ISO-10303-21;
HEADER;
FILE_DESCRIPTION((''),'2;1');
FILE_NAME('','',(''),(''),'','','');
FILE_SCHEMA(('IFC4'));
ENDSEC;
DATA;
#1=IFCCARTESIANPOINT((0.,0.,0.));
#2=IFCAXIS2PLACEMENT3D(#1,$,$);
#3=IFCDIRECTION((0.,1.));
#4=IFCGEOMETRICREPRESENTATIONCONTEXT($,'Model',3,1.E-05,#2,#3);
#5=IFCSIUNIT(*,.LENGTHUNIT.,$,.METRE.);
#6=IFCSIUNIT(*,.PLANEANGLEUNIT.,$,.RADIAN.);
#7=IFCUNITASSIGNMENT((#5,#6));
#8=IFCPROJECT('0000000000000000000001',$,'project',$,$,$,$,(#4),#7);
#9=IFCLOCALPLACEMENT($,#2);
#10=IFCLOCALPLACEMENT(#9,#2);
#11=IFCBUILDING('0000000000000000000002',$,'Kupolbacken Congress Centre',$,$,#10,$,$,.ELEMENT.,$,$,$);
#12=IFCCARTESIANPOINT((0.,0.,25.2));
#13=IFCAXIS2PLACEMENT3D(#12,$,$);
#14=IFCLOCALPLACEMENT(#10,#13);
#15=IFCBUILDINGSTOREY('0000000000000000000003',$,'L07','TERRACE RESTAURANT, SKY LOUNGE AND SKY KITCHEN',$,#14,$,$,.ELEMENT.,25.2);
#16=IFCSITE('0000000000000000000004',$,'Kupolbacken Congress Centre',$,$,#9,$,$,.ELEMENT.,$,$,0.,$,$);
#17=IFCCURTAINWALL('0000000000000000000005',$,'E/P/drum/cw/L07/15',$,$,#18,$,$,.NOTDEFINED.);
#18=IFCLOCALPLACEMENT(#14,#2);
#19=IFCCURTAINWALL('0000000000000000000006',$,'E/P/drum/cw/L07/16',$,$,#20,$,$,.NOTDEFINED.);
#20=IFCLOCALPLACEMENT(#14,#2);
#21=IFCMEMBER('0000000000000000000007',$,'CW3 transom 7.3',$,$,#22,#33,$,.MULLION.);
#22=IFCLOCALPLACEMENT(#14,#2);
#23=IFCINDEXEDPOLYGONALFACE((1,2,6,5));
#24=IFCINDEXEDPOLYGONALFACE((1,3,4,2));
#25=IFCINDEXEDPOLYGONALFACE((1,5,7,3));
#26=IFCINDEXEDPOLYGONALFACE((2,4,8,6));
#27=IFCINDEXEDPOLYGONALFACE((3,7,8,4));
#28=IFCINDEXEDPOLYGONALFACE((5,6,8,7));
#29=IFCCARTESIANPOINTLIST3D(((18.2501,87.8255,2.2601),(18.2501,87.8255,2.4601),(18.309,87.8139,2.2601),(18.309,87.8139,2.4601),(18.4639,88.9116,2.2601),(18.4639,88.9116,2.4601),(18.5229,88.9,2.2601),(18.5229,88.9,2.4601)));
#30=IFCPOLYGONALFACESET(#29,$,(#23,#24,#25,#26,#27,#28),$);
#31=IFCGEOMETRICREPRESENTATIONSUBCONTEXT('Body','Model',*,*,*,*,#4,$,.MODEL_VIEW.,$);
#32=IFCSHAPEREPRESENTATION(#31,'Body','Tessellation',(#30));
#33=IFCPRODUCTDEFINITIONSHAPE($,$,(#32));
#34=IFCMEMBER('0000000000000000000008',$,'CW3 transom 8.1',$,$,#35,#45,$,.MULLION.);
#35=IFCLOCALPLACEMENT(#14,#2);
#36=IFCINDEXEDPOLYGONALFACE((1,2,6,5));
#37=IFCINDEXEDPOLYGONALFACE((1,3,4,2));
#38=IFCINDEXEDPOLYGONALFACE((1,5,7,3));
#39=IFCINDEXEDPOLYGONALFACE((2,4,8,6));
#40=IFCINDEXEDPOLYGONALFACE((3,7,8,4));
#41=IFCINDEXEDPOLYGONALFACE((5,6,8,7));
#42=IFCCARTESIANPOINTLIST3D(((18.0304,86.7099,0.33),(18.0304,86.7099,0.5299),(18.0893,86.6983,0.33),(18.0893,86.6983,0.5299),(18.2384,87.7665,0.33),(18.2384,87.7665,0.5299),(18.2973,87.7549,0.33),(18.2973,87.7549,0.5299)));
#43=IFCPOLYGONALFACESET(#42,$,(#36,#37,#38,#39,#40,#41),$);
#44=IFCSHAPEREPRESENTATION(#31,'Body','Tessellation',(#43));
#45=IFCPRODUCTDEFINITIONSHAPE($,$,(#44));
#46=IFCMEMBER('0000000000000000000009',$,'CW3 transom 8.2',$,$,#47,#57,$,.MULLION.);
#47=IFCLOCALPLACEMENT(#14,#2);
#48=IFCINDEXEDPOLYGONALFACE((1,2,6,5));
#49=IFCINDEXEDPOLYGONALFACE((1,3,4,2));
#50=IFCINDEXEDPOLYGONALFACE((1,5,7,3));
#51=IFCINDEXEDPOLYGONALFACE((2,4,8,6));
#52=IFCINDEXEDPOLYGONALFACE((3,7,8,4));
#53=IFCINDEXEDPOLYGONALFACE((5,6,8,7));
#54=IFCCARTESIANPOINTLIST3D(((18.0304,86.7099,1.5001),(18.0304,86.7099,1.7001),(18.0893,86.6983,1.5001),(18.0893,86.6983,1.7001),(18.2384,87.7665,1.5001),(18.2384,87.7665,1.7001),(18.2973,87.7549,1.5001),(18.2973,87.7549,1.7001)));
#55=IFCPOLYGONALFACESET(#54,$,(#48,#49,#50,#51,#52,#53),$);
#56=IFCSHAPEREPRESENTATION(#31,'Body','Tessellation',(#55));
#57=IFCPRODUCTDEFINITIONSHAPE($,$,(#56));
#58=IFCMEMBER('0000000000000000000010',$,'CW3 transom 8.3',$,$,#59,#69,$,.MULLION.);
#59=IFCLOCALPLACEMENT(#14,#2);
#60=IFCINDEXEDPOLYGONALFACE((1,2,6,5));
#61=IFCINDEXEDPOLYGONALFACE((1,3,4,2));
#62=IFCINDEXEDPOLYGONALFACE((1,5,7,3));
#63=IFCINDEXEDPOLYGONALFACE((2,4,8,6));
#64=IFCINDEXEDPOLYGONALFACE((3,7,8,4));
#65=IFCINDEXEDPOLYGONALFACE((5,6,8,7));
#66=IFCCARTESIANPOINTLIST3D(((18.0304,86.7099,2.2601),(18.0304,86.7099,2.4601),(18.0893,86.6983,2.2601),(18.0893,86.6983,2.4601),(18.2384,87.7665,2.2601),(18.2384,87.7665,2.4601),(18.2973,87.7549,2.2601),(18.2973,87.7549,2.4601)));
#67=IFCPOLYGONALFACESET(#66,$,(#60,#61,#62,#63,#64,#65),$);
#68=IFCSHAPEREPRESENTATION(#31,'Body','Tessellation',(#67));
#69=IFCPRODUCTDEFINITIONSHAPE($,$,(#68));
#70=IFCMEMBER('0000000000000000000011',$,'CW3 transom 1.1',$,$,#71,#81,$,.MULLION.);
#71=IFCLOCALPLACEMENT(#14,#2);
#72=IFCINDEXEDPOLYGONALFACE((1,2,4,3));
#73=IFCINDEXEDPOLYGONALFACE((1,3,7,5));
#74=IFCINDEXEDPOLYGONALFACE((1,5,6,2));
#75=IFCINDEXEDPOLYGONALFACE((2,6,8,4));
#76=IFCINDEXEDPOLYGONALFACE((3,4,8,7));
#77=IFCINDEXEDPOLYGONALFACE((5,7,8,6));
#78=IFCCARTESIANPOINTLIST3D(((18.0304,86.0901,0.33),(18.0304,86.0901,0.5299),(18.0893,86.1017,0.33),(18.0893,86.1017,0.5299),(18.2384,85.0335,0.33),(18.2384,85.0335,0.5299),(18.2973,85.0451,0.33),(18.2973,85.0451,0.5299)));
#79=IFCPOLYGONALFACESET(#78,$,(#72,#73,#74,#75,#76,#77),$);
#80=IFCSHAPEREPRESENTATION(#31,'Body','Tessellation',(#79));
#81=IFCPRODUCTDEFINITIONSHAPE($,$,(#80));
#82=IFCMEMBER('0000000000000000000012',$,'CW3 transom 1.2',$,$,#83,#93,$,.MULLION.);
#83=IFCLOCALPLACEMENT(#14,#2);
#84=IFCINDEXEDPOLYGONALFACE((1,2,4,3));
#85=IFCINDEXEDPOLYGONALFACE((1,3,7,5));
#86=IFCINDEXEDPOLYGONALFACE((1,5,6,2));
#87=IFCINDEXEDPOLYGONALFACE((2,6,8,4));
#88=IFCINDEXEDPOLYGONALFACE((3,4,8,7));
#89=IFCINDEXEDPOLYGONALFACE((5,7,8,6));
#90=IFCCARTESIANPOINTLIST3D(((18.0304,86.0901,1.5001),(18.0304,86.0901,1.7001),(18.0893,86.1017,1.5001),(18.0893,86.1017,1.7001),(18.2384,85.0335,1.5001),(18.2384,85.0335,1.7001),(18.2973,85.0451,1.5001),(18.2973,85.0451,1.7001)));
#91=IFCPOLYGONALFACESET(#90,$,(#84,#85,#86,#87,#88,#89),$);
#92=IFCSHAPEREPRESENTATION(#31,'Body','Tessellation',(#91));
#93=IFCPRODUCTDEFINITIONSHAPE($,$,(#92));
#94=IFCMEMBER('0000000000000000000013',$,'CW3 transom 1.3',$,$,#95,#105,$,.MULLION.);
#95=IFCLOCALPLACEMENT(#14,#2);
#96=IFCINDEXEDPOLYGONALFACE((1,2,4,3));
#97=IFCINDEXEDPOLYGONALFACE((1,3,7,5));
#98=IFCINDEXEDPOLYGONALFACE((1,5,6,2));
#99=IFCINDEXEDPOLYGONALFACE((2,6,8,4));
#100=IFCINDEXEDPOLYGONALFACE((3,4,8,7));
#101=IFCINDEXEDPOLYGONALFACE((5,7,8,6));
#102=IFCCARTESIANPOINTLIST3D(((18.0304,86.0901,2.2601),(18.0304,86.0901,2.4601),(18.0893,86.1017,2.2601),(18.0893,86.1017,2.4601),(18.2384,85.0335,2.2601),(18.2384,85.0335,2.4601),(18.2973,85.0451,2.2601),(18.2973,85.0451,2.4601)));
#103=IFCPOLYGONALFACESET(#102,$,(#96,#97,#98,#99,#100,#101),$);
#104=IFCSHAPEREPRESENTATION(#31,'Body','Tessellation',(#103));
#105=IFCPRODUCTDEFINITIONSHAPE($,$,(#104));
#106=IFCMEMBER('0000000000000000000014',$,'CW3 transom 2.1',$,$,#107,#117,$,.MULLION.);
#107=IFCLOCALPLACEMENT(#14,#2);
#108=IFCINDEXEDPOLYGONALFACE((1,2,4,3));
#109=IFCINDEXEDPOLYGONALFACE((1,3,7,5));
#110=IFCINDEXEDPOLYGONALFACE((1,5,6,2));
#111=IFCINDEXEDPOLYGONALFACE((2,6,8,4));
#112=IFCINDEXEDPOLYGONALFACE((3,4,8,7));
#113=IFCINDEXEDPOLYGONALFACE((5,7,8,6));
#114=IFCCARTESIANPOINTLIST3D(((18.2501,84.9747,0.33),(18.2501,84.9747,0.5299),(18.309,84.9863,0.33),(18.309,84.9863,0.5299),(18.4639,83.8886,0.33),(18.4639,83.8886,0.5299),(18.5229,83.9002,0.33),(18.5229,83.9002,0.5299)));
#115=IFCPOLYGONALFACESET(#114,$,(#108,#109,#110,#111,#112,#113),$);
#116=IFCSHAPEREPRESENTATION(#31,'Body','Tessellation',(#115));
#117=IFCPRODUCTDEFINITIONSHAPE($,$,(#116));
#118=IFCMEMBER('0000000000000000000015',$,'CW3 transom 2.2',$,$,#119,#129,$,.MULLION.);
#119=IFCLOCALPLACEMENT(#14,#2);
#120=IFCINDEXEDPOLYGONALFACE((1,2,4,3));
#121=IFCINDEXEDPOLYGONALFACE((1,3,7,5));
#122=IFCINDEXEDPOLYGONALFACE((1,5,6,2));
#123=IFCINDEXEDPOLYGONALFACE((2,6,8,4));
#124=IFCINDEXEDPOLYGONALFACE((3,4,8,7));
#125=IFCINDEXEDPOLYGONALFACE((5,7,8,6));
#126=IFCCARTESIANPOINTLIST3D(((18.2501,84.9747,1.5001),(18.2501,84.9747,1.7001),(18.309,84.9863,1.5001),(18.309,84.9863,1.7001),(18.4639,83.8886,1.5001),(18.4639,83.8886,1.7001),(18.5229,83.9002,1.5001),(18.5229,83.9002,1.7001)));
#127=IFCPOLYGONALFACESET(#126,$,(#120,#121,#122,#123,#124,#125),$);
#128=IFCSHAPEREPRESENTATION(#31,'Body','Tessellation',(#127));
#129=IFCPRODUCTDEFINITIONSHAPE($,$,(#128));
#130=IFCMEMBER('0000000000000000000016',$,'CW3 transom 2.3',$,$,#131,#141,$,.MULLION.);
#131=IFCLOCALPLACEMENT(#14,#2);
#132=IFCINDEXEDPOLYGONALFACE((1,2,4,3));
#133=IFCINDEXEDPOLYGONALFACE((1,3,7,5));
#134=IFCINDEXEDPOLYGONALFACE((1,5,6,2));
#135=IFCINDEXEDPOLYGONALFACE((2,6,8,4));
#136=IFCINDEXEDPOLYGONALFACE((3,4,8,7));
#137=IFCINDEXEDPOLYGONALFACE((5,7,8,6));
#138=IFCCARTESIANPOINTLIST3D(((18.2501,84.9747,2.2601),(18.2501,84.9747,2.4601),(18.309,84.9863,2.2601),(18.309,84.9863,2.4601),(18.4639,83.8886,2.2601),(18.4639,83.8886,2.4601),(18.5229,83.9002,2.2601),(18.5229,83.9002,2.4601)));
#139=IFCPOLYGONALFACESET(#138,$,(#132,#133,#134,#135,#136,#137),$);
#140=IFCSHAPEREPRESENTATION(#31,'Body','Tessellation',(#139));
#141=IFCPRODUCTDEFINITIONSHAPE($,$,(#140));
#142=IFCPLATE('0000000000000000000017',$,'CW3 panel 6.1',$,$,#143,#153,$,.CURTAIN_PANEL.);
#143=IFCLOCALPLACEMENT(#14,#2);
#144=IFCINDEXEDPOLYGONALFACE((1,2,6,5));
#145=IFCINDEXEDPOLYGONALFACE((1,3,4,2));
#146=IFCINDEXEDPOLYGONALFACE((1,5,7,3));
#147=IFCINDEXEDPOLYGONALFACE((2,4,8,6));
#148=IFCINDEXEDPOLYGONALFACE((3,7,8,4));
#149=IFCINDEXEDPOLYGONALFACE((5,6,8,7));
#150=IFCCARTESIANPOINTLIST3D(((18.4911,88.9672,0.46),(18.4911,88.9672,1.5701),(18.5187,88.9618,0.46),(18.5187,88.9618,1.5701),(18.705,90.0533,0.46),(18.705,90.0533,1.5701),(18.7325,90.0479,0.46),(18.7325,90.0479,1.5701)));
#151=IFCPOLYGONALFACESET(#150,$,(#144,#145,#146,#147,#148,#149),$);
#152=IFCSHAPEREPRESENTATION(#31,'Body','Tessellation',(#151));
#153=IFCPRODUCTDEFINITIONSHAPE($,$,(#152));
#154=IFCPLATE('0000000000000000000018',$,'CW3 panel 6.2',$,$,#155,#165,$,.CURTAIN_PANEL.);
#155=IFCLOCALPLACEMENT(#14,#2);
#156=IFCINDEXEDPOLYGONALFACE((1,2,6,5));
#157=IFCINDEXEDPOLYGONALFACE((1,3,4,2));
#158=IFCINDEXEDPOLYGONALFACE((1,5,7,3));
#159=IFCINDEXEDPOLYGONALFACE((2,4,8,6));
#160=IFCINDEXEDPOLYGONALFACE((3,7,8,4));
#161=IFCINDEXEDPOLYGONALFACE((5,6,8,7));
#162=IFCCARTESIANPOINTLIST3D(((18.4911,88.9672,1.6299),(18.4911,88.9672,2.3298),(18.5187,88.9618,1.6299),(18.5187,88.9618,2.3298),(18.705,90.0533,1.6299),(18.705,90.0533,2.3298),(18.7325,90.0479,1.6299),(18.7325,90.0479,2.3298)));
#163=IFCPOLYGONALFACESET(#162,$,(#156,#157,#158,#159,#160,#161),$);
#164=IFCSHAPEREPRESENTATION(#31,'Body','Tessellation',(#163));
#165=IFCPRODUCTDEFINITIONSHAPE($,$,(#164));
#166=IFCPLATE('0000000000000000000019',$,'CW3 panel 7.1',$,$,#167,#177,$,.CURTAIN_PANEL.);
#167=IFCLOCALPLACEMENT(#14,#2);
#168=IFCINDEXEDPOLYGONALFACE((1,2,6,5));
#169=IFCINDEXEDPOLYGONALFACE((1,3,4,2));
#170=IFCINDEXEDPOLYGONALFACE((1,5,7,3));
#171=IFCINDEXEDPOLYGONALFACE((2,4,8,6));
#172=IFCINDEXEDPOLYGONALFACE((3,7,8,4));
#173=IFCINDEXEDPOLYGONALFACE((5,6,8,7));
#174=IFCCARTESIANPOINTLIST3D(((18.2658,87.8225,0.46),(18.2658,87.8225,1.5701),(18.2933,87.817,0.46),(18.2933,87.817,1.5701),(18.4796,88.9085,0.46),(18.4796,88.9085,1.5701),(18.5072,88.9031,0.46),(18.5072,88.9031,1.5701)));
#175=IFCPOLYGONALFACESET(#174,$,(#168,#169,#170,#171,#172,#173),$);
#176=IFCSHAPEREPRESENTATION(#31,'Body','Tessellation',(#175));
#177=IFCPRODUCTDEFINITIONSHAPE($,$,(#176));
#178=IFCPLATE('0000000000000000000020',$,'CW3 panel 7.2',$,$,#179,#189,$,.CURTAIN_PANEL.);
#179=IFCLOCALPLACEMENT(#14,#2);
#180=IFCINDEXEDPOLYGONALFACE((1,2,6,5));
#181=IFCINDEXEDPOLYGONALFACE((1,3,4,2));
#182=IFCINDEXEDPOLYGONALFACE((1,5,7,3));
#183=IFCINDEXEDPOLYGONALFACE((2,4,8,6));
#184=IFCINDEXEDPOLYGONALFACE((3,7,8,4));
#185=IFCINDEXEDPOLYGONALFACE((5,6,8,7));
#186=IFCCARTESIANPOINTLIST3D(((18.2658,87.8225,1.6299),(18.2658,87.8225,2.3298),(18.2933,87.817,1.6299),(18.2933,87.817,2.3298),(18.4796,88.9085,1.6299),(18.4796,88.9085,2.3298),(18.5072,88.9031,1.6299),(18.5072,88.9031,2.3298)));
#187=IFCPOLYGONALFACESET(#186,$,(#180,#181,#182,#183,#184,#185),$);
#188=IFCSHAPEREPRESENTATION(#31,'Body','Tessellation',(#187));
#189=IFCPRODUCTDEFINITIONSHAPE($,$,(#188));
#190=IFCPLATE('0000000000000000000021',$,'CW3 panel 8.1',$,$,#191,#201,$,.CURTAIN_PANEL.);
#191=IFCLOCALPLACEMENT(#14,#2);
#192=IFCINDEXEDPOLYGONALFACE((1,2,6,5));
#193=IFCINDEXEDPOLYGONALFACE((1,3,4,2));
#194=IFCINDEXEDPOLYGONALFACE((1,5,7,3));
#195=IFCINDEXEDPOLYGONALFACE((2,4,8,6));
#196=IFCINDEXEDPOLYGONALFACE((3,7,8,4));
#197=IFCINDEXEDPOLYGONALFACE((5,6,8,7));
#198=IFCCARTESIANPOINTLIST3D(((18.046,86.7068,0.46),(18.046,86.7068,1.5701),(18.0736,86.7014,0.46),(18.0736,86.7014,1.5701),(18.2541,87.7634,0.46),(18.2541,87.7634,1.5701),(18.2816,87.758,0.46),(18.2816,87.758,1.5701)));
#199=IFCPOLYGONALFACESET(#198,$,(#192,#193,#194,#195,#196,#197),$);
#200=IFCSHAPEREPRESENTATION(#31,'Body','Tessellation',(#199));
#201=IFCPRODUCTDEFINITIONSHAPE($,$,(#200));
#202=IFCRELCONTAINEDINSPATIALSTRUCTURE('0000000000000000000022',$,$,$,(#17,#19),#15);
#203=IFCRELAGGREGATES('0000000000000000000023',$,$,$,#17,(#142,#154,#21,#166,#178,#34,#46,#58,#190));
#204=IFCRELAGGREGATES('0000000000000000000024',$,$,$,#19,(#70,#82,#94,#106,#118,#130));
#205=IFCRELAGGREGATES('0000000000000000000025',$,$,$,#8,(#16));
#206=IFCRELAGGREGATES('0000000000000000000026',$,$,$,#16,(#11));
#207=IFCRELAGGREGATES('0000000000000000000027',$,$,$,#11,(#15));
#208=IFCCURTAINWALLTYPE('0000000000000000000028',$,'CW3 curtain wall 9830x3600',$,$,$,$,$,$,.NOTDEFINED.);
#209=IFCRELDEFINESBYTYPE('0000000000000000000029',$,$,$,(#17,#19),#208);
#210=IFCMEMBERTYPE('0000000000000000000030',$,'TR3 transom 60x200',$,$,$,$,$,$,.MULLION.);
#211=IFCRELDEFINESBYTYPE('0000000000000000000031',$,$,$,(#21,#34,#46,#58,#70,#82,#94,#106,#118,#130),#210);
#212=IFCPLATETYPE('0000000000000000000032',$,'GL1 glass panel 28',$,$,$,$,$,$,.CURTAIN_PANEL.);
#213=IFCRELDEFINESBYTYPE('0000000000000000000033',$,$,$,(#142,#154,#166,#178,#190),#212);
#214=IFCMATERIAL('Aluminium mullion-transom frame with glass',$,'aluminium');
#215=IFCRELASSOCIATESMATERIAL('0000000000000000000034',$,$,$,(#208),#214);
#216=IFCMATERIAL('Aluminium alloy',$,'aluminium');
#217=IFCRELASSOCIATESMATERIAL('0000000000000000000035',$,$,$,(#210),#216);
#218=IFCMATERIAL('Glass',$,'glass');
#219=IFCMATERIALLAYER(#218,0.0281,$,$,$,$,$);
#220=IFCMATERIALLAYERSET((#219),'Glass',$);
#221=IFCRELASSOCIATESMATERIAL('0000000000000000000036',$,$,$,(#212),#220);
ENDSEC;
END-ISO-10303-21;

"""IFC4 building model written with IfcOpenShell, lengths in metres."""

from ifc_helpers import new_model, si_unit, direction, frame, origin, origin_2d, place, context, subcontext, project, spatial, rectangle, extrude, material, layer, layer_set, material_profile, profile_set, type_object, element, aggregate, save


model = new_model("IFC4")

# Units and contexts
model_context = context("Model", 3, precision=1e-05, world=origin(), true_north=direction((0.0, 1.0)))
body_context = subcontext(model_context, "Body", "Model", "MODEL_VIEW")
ifc_project = project(units=[si_unit("LENGTHUNIT", "METRE"), si_unit("PLANEANGLEUNIT", "RADIAN")], contexts=[model_context])

# Site, building, storey
site_placement = place(None, origin())
site = spatial("IfcSite", under=ifc_project, at=site_placement, Name="Kupolbacken Congress Centre", CompositionType="ELEMENT", RefElevation=0.0)
building_placement = place(site_placement, origin())
building = spatial("IfcBuilding", under=site, at=building_placement, Name="Kupolbacken Congress Centre", CompositionType="ELEMENT")
storey_placement = place(building_placement, frame((0.0, 0.0, 25.2)))
storey = spatial("IfcBuildingStorey", under=building, at=storey_placement, Name="L07", Description="TERRACE RESTAURANT, SKY LOUNGE AND SKY KITCHEN", CompositionType="ELEMENT", Elevation=25.2)

# Curtain walls
ifc_material_1 = material(Name="Aluminium mullion-transom frame with glass", Category="aluminium")
curtain_wall_type = type_object("IfcCurtainWallType", Name="CW3 curtain wall 9830x3600", PredefinedType="NOTDEFINED", material=ifc_material_1)
curtain_wall_1_placement = place(storey_placement, origin())
curtain_wall_1 = element("IfcCurtainWall", 1, at=curtain_wall_1_placement, inside=storey, type_object=curtain_wall_type, Name="E/P/drum/cw/L07/15", PredefinedType="NOTDEFINED")
curtain_wall_2_placement = place(storey_placement, origin())
curtain_wall_2 = element("IfcCurtainWall", 2, at=curtain_wall_2_placement, inside=storey, type_object=curtain_wall_type, Name="E/P/drum/cw/L07/16", PredefinedType="NOTDEFINED")

# Members
ifc_material_2 = material(Name="Aluminium alloy", Category="aluminium")
ifc_material_profile_1 = material_profile(ifc_material_2, rectangle(XDim=0.0601, YDim=0.2, at=origin_2d()), Name="60 x 200")
ifc_profile_set_1 = profile_set([ifc_material_profile_1], Name="Aluminium alloy")
member_type_1 = type_object("IfcMemberType", Name="TR3 transom 60x200", PredefinedType="MULLION", material=ifc_profile_set_1)
member_1_placement = place(storey_placement, frame((18.4934, 88.9058, 2.3601), z_axis=(-0.193189, -0.981162, 0.0), x_axis=(0.981162, -0.193189, 0.0)))
member_1 = element("IfcMember", 3, at=member_1_placement, type_object=member_type_1, Name="CW3 transom 7.3", PredefinedType="MULLION", context=body_context, shape_type="SweptSolid", body=[
    extrude(rectangle(XDim=0.0601, YDim=0.2, at=origin_2d()), origin(), (0.0, 0.0, 1.0), 1.1069),
])
member_2_placement = place(storey_placement, frame((18.2678, 87.7607, 0.4299), z_axis=(-0.193151, -0.981169, 0.0), x_axis=(0.981169, -0.193151, 0.0)))
member_2 = element("IfcMember", 4, at=member_2_placement, type_object=member_type_1, Name="CW3 transom 8.1", PredefinedType="MULLION", context=body_context, shape_type="SweptSolid", body=[
    extrude(rectangle(XDim=0.0601, YDim=0.2, at=origin_2d()), origin(), (0.0, 0.0, 1.0), 1.0769),
])
member_3_placement = place(storey_placement, frame((18.2678, 87.7607, 1.6001), z_axis=(-0.193151, -0.981169, 0.0), x_axis=(0.981169, -0.193151, 0.0)))
member_3 = element("IfcMember", 5, at=member_3_placement, type_object=member_type_1, Name="CW3 transom 8.2", PredefinedType="MULLION", context=body_context, shape_type="SweptSolid", body=[
    extrude(rectangle(XDim=0.0601, YDim=0.2, at=origin_2d()), origin(), (0.0, 0.0, 1.0), 1.0769),
])
member_4_placement = place(storey_placement, frame((18.2678, 87.7607, 2.3601), z_axis=(-0.193151, -0.981169, 0.0), x_axis=(0.981169, -0.193151, 0.0)))
member_4 = element("IfcMember", 6, at=member_4_placement, type_object=member_type_1, Name="CW3 transom 8.3", PredefinedType="MULLION", context=body_context, shape_type="SweptSolid", body=[
    extrude(rectangle(XDim=0.0601, YDim=0.2, at=origin_2d()), origin(), (0.0, 0.0, 1.0), 1.0769),
])
member_5_placement = place(storey_placement, frame((18.0598, 86.0959, 0.4299), z_axis=(0.193151, -0.981169, 0.0), x_axis=(0.981169, 0.193151, 0.0)))
member_5 = element("IfcMember", 7, at=member_5_placement, type_object=member_type_1, Name="CW3 transom 1.1", PredefinedType="MULLION", context=body_context, shape_type="SweptSolid", body=[
    extrude(rectangle(XDim=0.0601, YDim=0.2, at=origin_2d()), origin(), (0.0, 0.0, 1.0), 1.0769),
])
member_6_placement = place(storey_placement, frame((18.0598, 86.0959, 1.6001), z_axis=(0.193151, -0.981169, 0.0), x_axis=(0.981169, 0.193151, 0.0)))
member_6 = element("IfcMember", 8, at=member_6_placement, type_object=member_type_1, Name="CW3 transom 1.2", PredefinedType="MULLION", context=body_context, shape_type="SweptSolid", body=[
    extrude(rectangle(XDim=0.0601, YDim=0.2, at=origin_2d()), origin(), (0.0, 0.0, 1.0), 1.0769),
])
member_7_placement = place(storey_placement, frame((18.0598, 86.0959, 2.3601), z_axis=(0.193151, -0.981169, 0.0), x_axis=(0.981169, 0.193151, 0.0)))
member_7 = element("IfcMember", 9, at=member_7_placement, type_object=member_type_1, Name="CW3 transom 1.3", PredefinedType="MULLION", context=body_context, shape_type="SweptSolid", body=[
    extrude(rectangle(XDim=0.0601, YDim=0.2, at=origin_2d()), origin(), (0.0, 0.0, 1.0), 1.0769),
])
member_8_placement = place(storey_placement, frame((18.2795, 84.9805, 0.4299), z_axis=(0.193189, -0.981162, 0.0), x_axis=(0.981162, 0.193189, 0.0)))
member_8 = element("IfcMember", 10, at=member_8_placement, type_object=member_type_1, Name="CW3 transom 2.1", PredefinedType="MULLION", context=body_context, shape_type="SweptSolid", body=[
    extrude(rectangle(XDim=0.0601, YDim=0.2, at=origin_2d()), origin(), (0.0, 0.0, 1.0), 1.1069),
])
member_9_placement = place(storey_placement, frame((18.2795, 84.9805, 1.6001), z_axis=(0.193189, -0.981162, 0.0), x_axis=(0.981162, 0.193189, 0.0)))
member_9 = element("IfcMember", 11, at=member_9_placement, type_object=member_type_1, Name="CW3 transom 2.2", PredefinedType="MULLION", context=body_context, shape_type="SweptSolid", body=[
    extrude(rectangle(XDim=0.0601, YDim=0.2, at=origin_2d()), origin(), (0.0, 0.0, 1.0), 1.1069),
])
member_10_placement = place(storey_placement, frame((18.2795, 84.9805, 2.3601), z_axis=(0.193189, -0.981162, 0.0), x_axis=(0.981162, 0.193189, 0.0)))
member_10 = element("IfcMember", 12, at=member_10_placement, type_object=member_type_1, Name="CW3 transom 2.3", PredefinedType="MULLION", context=body_context, shape_type="SweptSolid", body=[
    extrude(rectangle(XDim=0.0601, YDim=0.2, at=origin_2d()), origin(), (0.0, 0.0, 1.0), 1.1069),
])

# Plates
ifc_material_3 = material(Name="Glass", Category="glass")
ifc_layer_1 = layer(ifc_material_3, 0.0281)
ifc_layer_set_1 = layer_set([ifc_layer_1], Name="Glass")
plate_type = type_object("IfcPlateType", Name="GL1 glass panel 28", PredefinedType="CURTAIN_PANEL", material=ifc_layer_set_1)
plate_1_placement = place(storey_placement, frame((18.6118, 89.5076, 0.46), z_axis=(0.0, 0.0, 1.0), x_axis=(-0.193182, -0.981163, 0.0)))
plate_1 = element("IfcPlate", 13, at=plate_1_placement, type_object=plate_type, Name="CW3 panel 6.1", PredefinedType="CURTAIN_PANEL", context=body_context, shape_type="SweptSolid", body=[
    extrude(rectangle(XDim=1.1069, YDim=0.0281, at=origin_2d()), origin(), (0.0, 0.0, 1.0), 1.1101),
])
plate_2_placement = place(storey_placement, frame((18.6118, 89.5076, 1.6299), z_axis=(0.0, 0.0, 1.0), x_axis=(-0.193182, -0.981163, 0.0)))
plate_2 = element("IfcPlate", 14, at=plate_2_placement, type_object=plate_type, Name="CW3 panel 6.2", PredefinedType="CURTAIN_PANEL", context=body_context, shape_type="SweptSolid", body=[
    extrude(rectangle(XDim=1.1069, YDim=0.0281, at=origin_2d()), origin(), (0.0, 0.0, 1.0), 0.7),
])
plate_3_placement = place(storey_placement, frame((18.3865, 88.3628, 0.46), z_axis=(0.0, 0.0, 1.0), x_axis=(-0.193182, -0.981163, 0.0)))
plate_3 = element("IfcPlate", 15, at=plate_3_placement, type_object=plate_type, Name="CW3 panel 7.1", PredefinedType="CURTAIN_PANEL", context=body_context, shape_type="SweptSolid", body=[
    extrude(rectangle(XDim=1.1069, YDim=0.0281, at=origin_2d()), origin(), (0.0, 0.0, 1.0), 1.1101),
])
plate_4_placement = place(storey_placement, frame((18.3865, 88.3628, 1.6299), z_axis=(0.0, 0.0, 1.0), x_axis=(-0.193182, -0.981163, 0.0)))
plate_4 = element("IfcPlate", 16, at=plate_4_placement, type_object=plate_type, Name="CW3 panel 7.2", PredefinedType="CURTAIN_PANEL", context=body_context, shape_type="SweptSolid", body=[
    extrude(rectangle(XDim=1.1069, YDim=0.0281, at=origin_2d()), origin(), (0.0, 0.0, 1.0), 0.7),
])
plate_5_placement = place(storey_placement, frame((18.1638, 87.2324, 0.46), z_axis=(0.0, 0.0, 1.0), x_axis=(-0.193182, -0.981163, 0.0)))
plate_5 = element("IfcPlate", 17, at=plate_5_placement, type_object=plate_type, Name="CW3 panel 8.1", PredefinedType="CURTAIN_PANEL", context=body_context, shape_type="SweptSolid", body=[
    extrude(rectangle(XDim=1.0769, YDim=0.0281, at=origin_2d()), origin(), (0.0, 0.0, 1.0), 1.1101),
])
aggregate(curtain_wall_1, [plate_1, plate_2, member_1, plate_3, plate_4, member_2, member_3, member_4, plate_5])
aggregate(curtain_wall_2, [member_5, member_6, member_7, member_8, member_9, member_10])

save(model, "model.ifc")
